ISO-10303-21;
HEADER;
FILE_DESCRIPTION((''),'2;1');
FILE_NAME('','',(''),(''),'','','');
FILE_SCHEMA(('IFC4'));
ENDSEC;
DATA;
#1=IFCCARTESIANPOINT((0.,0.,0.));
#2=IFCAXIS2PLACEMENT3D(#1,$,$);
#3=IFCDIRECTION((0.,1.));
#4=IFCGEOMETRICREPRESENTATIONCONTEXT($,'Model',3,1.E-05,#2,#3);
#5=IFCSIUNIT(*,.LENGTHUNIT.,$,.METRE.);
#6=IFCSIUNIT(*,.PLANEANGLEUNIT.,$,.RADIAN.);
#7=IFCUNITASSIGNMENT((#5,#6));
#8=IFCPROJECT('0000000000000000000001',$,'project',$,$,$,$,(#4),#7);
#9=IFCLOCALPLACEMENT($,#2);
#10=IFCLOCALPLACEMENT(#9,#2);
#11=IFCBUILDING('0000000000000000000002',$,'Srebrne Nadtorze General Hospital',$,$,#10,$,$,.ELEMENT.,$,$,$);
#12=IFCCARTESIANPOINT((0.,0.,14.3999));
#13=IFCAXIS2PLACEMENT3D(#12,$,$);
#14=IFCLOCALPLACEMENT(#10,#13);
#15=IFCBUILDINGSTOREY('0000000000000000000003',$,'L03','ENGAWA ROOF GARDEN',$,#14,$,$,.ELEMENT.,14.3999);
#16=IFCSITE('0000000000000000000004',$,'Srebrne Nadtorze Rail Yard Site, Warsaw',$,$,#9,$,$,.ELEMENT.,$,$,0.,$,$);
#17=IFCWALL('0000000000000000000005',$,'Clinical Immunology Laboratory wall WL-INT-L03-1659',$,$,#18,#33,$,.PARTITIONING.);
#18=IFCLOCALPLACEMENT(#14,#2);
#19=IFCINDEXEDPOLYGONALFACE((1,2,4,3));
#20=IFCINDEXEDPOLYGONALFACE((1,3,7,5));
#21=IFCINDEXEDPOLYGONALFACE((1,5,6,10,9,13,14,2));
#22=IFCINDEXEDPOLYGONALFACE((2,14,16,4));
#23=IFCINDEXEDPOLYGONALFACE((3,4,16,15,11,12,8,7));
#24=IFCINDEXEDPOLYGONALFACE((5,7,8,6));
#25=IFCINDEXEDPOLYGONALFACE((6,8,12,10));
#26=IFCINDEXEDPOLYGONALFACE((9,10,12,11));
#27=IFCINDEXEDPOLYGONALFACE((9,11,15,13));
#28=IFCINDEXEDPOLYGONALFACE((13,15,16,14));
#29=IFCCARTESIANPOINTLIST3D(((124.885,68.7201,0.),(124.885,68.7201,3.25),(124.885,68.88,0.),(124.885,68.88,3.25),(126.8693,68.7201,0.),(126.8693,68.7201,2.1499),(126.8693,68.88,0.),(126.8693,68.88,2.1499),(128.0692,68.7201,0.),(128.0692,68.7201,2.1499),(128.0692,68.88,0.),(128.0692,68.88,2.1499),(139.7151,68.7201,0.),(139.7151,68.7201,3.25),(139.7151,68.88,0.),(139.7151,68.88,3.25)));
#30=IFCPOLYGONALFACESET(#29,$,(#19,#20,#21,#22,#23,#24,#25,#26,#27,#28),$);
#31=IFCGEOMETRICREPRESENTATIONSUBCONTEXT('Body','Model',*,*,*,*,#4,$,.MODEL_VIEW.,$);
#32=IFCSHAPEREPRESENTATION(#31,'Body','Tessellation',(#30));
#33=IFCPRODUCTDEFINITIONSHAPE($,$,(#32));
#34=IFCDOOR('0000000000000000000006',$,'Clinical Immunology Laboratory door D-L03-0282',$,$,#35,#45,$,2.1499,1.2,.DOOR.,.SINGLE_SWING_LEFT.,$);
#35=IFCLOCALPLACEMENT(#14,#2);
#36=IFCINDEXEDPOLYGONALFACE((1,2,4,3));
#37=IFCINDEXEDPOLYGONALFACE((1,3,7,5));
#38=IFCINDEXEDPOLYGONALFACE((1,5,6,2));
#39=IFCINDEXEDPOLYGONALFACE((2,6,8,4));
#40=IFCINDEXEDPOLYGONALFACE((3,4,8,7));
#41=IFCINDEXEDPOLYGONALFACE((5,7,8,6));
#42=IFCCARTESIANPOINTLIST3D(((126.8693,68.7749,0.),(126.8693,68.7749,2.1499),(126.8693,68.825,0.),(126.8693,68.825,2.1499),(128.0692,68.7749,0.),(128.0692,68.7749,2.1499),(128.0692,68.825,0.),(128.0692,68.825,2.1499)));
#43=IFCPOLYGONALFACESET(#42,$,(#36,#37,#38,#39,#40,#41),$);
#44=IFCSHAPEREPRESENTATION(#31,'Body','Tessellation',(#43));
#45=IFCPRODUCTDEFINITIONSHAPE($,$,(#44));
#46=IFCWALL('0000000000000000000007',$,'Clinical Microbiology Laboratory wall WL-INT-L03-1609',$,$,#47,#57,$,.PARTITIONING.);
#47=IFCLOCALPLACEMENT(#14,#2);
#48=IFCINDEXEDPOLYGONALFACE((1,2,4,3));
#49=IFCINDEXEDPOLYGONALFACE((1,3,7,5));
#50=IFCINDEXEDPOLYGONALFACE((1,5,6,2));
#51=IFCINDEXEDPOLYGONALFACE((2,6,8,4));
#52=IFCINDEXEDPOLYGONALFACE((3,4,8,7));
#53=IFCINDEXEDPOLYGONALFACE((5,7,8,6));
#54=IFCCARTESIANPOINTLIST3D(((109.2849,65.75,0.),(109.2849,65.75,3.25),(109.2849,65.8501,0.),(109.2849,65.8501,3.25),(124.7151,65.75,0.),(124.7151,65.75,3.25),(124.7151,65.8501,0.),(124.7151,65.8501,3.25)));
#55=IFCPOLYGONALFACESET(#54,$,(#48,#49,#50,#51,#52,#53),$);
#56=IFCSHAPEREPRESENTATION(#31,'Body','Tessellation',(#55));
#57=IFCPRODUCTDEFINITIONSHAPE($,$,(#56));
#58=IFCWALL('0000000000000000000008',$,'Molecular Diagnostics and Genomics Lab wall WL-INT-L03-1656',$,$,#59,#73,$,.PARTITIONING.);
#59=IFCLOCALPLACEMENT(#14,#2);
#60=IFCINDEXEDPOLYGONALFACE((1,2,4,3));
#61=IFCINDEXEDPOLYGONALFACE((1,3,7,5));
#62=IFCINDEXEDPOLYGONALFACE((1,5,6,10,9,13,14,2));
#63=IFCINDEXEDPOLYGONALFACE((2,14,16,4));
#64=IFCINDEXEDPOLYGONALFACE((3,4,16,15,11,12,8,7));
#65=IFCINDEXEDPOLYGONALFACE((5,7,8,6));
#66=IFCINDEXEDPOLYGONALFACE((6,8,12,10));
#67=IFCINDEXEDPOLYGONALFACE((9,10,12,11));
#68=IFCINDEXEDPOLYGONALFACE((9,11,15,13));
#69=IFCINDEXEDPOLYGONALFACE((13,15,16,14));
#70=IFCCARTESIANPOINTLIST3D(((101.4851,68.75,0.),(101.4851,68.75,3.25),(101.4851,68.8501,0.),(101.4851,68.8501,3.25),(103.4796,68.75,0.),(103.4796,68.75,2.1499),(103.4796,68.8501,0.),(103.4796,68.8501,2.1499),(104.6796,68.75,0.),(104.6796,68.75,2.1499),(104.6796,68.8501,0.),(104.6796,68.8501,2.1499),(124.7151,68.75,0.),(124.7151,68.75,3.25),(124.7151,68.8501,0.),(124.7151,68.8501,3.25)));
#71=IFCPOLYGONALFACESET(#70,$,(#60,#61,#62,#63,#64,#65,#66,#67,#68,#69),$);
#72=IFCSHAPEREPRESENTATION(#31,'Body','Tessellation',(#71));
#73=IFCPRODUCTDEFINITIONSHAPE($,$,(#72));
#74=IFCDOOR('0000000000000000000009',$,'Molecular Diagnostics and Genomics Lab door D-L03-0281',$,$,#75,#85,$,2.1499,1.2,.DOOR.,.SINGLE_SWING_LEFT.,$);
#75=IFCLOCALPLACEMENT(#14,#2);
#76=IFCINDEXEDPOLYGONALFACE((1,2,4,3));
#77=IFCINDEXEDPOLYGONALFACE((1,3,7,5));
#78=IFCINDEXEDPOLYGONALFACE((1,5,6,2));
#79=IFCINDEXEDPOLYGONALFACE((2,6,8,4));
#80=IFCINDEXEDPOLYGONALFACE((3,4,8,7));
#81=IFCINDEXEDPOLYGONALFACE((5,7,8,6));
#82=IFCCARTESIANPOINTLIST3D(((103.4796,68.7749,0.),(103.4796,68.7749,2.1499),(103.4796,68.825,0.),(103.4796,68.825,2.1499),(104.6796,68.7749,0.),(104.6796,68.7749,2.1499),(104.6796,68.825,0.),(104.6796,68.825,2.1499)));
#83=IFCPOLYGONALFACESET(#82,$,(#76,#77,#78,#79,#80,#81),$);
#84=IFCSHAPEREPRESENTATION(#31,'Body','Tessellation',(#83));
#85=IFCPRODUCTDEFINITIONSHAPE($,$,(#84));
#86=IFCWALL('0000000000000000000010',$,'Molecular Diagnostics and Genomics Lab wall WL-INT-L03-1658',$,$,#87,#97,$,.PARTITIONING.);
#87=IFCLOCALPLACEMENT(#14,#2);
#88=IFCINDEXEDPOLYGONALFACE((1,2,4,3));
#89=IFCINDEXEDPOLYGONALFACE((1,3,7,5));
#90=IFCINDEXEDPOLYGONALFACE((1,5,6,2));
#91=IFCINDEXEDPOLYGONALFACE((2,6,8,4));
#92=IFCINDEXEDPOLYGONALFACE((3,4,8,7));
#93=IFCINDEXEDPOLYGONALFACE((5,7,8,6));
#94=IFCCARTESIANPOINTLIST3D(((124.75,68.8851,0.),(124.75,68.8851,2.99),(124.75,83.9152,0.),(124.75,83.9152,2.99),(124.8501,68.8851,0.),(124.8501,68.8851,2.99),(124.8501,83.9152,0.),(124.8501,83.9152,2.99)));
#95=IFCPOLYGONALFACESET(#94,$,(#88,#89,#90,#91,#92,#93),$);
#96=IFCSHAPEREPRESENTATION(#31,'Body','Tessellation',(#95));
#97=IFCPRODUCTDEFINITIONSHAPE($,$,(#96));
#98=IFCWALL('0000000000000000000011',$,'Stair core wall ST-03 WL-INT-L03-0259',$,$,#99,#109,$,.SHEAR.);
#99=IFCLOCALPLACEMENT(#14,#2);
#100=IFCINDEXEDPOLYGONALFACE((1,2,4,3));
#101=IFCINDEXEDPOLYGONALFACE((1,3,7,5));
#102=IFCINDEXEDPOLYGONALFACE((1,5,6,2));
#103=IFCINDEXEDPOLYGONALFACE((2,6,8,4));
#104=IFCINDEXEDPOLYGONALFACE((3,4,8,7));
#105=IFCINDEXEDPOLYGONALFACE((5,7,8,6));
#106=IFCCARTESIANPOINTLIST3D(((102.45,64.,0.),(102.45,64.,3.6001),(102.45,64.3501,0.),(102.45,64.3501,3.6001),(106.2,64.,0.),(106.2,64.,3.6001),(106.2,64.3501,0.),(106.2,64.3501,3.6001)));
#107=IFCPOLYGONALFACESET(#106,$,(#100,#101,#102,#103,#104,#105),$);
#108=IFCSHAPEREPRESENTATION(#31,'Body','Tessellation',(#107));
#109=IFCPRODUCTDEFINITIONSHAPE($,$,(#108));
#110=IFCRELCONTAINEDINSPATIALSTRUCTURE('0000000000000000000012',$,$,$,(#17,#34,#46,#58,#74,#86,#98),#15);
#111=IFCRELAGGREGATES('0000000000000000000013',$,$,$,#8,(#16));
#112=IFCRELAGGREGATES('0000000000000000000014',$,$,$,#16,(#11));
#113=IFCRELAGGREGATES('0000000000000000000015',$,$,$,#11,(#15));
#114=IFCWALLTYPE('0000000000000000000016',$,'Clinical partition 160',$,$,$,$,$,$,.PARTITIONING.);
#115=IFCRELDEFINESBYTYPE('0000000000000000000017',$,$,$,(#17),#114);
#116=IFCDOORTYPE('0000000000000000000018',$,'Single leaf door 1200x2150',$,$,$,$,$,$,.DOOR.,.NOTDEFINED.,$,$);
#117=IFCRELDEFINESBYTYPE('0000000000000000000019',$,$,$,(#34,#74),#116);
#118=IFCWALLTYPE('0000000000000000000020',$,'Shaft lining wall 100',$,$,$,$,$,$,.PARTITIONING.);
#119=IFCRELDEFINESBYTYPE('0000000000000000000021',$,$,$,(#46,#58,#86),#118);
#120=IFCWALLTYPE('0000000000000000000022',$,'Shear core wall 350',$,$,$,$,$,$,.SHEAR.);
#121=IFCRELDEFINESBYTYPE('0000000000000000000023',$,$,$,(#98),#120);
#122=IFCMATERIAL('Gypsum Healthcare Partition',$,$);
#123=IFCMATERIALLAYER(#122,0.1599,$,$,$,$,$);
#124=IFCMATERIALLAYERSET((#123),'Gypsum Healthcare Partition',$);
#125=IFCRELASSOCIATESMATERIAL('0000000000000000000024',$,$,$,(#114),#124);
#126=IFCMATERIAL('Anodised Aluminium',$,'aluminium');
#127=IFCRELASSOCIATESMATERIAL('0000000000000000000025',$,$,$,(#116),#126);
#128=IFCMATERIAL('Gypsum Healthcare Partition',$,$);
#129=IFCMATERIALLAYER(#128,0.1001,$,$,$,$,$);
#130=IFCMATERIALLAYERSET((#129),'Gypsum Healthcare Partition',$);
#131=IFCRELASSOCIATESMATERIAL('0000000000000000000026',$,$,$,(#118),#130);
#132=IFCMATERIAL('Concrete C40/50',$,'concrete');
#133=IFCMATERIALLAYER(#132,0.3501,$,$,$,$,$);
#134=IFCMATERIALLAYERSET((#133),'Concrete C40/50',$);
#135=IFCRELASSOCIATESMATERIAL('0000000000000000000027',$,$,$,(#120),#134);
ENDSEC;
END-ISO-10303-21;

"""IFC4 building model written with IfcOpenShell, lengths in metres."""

from ifc_helpers import new_model, si_unit, direction, frame, frame_2d, origin, place, context, subcontext, project, spatial, rectangle, extrude, material, layer, layer_set, type_object, element, fill, save


model = new_model("IFC4")

# Units and contexts
model_context = context("Model", 3, precision=1e-05, world=origin(), true_north=direction((0.0, 1.0)))
body_context = subcontext(model_context, "Body", "Model", "MODEL_VIEW")
ifc_project = project(units=[si_unit("LENGTHUNIT", "METRE"), si_unit("PLANEANGLEUNIT", "RADIAN")], contexts=[model_context])

# Site, building, storey
site_placement = place(None, origin())
site = spatial("IfcSite", under=ifc_project, at=site_placement, Name="Srebrne Nadtorze Rail Yard Site, Warsaw", CompositionType="ELEMENT", RefElevation=0.0)
building_placement = place(site_placement, origin())
building = spatial("IfcBuilding", under=site, at=building_placement, Name="Srebrne Nadtorze General Hospital", CompositionType="ELEMENT")
storey_placement = place(building_placement, frame((0.0, 0.0, 14.3999)))
storey = spatial("IfcBuildingStorey", under=building, at=storey_placement, Name="L03", Description="ENGAWA ROOF GARDEN", CompositionType="ELEMENT", Elevation=14.3999)

# Shared definitions
ifc_material_1 = material(Name="Gypsum Healthcare Partition")
ifc_layer_1 = layer(ifc_material_1, 0.1599)
ifc_layer_set_1 = layer_set([ifc_layer_1], Name="Gypsum Healthcare Partition")
wall_type_1 = type_object("IfcWallType", Name="Clinical partition 160", PredefinedType="PARTITIONING", material=ifc_layer_set_1)

# Wall, opening, door
wall_1_placement = place(storey_placement, frame((124.885, 68.8, 0.0), z_axis=(0.0, 0.0, 1.0), x_axis=(1.0, 0.0, 0.0)))
wall_1 = element("IfcWall", 1, at=wall_1_placement, inside=storey, type_object=wall_type_1, Name="Clinical Immunology Laboratory wall WL-INT-L03-1659", PredefinedType="PARTITIONING", context=body_context, shape_type="SweptSolid", body=[
    extrude(rectangle(XDim=14.8301, YDim=0.1599, at=frame_2d((7.415, 0.0))), origin(), (0.0, 0.0, 1.0), 3.25),
])
opening_1_placement = place(wall_1_placement, frame((1.9841, 0.0, 0.0)))
opening_1 = element("IfcOpeningElement", 2, at=opening_1_placement, cuts=wall_1, PredefinedType="OPENING", context=body_context, shape_type="SweptSolid", body=[
    extrude(rectangle(XDim=1.2, YDim=2.1499, at=frame_2d((0.6001, 1.075))), frame((0.0, 0.0918, 0.0), z_axis=(0.0, -1.0, 0.0), x_axis=(1.0, 0.0, 0.0)), (0.0, 0.0, 1.0), 0.1838),
])
ifc_material_2 = material(Name="Anodised Aluminium", Category="aluminium")
door_type = type_object("IfcDoorType", Name="Single leaf door 1200x2150", OperationType="NOTDEFINED", PredefinedType="DOOR", material=ifc_material_2)
door_1_placement = place(opening_1_placement, origin())
door_1 = element("IfcDoor", 3, at=door_1_placement, inside=storey, type_object=door_type, Name="Clinical Immunology Laboratory door D-L03-0282", OperationType="SINGLE_SWING_LEFT", OverallHeight=2.1499, OverallWidth=1.2, PredefinedType="DOOR", context=body_context, shape_type="SweptSolid", body=[
    extrude(rectangle(XDim=1.2, YDim=2.1499, at=frame_2d((0.6001, 1.075))), frame((0.0, 0.0249, 0.0), z_axis=(0.0, -1.0, 0.0), x_axis=(1.0, 0.0, 0.0)), (0.0, 0.0, 1.0), 0.05),
])
fill(opening_1, door_1)

# Wall
ifc_material_3 = material(Name="Gypsum Healthcare Partition")
ifc_layer_2 = layer(ifc_material_3, 0.1001)
ifc_layer_set_2 = layer_set([ifc_layer_2], Name="Gypsum Healthcare Partition")
wall_type_2 = type_object("IfcWallType", Name="Shaft lining wall 100", PredefinedType="PARTITIONING", material=ifc_layer_set_2)
wall_2_placement = place(storey_placement, frame((109.2849, 65.8, 0.0), z_axis=(0.0, 0.0, 1.0), x_axis=(1.0, 0.0, 0.0)))
element("IfcWall", 4, at=wall_2_placement, inside=storey, type_object=wall_type_2, Name="Clinical Microbiology Laboratory wall WL-INT-L03-1609", PredefinedType="PARTITIONING", context=body_context, shape_type="SweptSolid", body=[
    extrude(rectangle(XDim=15.4302, YDim=0.1001, at=frame_2d((7.7151, 0.0))), origin(), (0.0, 0.0, 1.0), 3.25),
])

# Wall, opening, door
wall_3_placement = place(storey_placement, frame((101.4851, 68.8, 0.0), z_axis=(0.0, 0.0, 1.0), x_axis=(1.0, 0.0, 0.0)))
wall_3 = element("IfcWall", 5, at=wall_3_placement, inside=storey, type_object=wall_type_2, Name="Molecular Diagnostics and Genomics Lab wall WL-INT-L03-1656", PredefinedType="PARTITIONING", context=body_context, shape_type="SweptSolid", body=[
    extrude(rectangle(XDim=23.23, YDim=0.1001, at=frame_2d((11.615, 0.0))), origin(), (0.0, 0.0, 1.0), 3.25),
])
opening_2_placement = place(wall_3_placement, frame((1.9944, 0.0, 0.0)))
opening_2 = element("IfcOpeningElement", 6, at=opening_2_placement, cuts=wall_3, PredefinedType="OPENING", context=body_context, shape_type="SweptSolid", body=[
    extrude(rectangle(XDim=1.2, YDim=2.1499, at=frame_2d((0.6001, 1.075))), frame((0.0, 0.062, 0.0), z_axis=(0.0, -1.0, 0.0), x_axis=(1.0, 0.0, 0.0)), (0.0, 0.0, 1.0), 0.124),
])
door_2_placement = place(opening_2_placement, origin())
door_2 = element("IfcDoor", 7, at=door_2_placement, inside=storey, type_object=door_type, Name="Molecular Diagnostics and Genomics Lab door D-L03-0281", OperationType="SINGLE_SWING_LEFT", OverallHeight=2.1499, OverallWidth=1.2, PredefinedType="DOOR", context=body_context, shape_type="SweptSolid", body=[
    extrude(rectangle(XDim=1.2, YDim=2.1499, at=frame_2d((0.6001, 1.075))), frame((0.0, 0.0249, 0.0), z_axis=(0.0, -1.0, 0.0), x_axis=(1.0, 0.0, 0.0)), (0.0, 0.0, 1.0), 0.05),
])
fill(opening_2, door_2)

# Walls
wall_4_placement = place(storey_placement, frame((124.8, 68.885, 0.0), z_axis=(0.0, 0.0, 1.0), x_axis=(0.0, 1.0, 0.0)))
element("IfcWall", 8, at=wall_4_placement, inside=storey, type_object=wall_type_2, Name="Molecular Diagnostics and Genomics Lab wall WL-INT-L03-1658", PredefinedType="PARTITIONING", context=body_context, shape_type="SweptSolid", body=[
    extrude(rectangle(XDim=15.03, YDim=0.1001, at=frame_2d((7.5151, 0.0))), origin(), (0.0, 0.0, 1.0), 2.99),
])
ifc_material_4 = material(Name="Concrete C40/50", Category="concrete")
ifc_layer_3 = layer(ifc_material_4, 0.3501)
ifc_layer_set_3 = layer_set([ifc_layer_3], Name="Concrete C40/50")
wall_type_3 = type_object("IfcWallType", Name="Shear core wall 350", PredefinedType="SHEAR", material=ifc_layer_set_3)
wall_5_placement = place(storey_placement, frame((102.45, 64.175, 0.0), z_axis=(0.0, 0.0, 1.0), x_axis=(1.0, 0.0, 0.0)))
element("IfcWall", 9, at=wall_5_placement, inside=storey, type_object=wall_type_3, Name="Stair core wall ST-03 WL-INT-L03-0259", PredefinedType="SHEAR", context=body_context, shape_type="SweptSolid", body=[
    extrude(rectangle(XDim=3.75, YDim=0.3501, at=frame_2d((1.875, 0.0))), origin(), (0.0, 0.0, 1.0), 3.6001),
])

save(model, "model.ifc")
